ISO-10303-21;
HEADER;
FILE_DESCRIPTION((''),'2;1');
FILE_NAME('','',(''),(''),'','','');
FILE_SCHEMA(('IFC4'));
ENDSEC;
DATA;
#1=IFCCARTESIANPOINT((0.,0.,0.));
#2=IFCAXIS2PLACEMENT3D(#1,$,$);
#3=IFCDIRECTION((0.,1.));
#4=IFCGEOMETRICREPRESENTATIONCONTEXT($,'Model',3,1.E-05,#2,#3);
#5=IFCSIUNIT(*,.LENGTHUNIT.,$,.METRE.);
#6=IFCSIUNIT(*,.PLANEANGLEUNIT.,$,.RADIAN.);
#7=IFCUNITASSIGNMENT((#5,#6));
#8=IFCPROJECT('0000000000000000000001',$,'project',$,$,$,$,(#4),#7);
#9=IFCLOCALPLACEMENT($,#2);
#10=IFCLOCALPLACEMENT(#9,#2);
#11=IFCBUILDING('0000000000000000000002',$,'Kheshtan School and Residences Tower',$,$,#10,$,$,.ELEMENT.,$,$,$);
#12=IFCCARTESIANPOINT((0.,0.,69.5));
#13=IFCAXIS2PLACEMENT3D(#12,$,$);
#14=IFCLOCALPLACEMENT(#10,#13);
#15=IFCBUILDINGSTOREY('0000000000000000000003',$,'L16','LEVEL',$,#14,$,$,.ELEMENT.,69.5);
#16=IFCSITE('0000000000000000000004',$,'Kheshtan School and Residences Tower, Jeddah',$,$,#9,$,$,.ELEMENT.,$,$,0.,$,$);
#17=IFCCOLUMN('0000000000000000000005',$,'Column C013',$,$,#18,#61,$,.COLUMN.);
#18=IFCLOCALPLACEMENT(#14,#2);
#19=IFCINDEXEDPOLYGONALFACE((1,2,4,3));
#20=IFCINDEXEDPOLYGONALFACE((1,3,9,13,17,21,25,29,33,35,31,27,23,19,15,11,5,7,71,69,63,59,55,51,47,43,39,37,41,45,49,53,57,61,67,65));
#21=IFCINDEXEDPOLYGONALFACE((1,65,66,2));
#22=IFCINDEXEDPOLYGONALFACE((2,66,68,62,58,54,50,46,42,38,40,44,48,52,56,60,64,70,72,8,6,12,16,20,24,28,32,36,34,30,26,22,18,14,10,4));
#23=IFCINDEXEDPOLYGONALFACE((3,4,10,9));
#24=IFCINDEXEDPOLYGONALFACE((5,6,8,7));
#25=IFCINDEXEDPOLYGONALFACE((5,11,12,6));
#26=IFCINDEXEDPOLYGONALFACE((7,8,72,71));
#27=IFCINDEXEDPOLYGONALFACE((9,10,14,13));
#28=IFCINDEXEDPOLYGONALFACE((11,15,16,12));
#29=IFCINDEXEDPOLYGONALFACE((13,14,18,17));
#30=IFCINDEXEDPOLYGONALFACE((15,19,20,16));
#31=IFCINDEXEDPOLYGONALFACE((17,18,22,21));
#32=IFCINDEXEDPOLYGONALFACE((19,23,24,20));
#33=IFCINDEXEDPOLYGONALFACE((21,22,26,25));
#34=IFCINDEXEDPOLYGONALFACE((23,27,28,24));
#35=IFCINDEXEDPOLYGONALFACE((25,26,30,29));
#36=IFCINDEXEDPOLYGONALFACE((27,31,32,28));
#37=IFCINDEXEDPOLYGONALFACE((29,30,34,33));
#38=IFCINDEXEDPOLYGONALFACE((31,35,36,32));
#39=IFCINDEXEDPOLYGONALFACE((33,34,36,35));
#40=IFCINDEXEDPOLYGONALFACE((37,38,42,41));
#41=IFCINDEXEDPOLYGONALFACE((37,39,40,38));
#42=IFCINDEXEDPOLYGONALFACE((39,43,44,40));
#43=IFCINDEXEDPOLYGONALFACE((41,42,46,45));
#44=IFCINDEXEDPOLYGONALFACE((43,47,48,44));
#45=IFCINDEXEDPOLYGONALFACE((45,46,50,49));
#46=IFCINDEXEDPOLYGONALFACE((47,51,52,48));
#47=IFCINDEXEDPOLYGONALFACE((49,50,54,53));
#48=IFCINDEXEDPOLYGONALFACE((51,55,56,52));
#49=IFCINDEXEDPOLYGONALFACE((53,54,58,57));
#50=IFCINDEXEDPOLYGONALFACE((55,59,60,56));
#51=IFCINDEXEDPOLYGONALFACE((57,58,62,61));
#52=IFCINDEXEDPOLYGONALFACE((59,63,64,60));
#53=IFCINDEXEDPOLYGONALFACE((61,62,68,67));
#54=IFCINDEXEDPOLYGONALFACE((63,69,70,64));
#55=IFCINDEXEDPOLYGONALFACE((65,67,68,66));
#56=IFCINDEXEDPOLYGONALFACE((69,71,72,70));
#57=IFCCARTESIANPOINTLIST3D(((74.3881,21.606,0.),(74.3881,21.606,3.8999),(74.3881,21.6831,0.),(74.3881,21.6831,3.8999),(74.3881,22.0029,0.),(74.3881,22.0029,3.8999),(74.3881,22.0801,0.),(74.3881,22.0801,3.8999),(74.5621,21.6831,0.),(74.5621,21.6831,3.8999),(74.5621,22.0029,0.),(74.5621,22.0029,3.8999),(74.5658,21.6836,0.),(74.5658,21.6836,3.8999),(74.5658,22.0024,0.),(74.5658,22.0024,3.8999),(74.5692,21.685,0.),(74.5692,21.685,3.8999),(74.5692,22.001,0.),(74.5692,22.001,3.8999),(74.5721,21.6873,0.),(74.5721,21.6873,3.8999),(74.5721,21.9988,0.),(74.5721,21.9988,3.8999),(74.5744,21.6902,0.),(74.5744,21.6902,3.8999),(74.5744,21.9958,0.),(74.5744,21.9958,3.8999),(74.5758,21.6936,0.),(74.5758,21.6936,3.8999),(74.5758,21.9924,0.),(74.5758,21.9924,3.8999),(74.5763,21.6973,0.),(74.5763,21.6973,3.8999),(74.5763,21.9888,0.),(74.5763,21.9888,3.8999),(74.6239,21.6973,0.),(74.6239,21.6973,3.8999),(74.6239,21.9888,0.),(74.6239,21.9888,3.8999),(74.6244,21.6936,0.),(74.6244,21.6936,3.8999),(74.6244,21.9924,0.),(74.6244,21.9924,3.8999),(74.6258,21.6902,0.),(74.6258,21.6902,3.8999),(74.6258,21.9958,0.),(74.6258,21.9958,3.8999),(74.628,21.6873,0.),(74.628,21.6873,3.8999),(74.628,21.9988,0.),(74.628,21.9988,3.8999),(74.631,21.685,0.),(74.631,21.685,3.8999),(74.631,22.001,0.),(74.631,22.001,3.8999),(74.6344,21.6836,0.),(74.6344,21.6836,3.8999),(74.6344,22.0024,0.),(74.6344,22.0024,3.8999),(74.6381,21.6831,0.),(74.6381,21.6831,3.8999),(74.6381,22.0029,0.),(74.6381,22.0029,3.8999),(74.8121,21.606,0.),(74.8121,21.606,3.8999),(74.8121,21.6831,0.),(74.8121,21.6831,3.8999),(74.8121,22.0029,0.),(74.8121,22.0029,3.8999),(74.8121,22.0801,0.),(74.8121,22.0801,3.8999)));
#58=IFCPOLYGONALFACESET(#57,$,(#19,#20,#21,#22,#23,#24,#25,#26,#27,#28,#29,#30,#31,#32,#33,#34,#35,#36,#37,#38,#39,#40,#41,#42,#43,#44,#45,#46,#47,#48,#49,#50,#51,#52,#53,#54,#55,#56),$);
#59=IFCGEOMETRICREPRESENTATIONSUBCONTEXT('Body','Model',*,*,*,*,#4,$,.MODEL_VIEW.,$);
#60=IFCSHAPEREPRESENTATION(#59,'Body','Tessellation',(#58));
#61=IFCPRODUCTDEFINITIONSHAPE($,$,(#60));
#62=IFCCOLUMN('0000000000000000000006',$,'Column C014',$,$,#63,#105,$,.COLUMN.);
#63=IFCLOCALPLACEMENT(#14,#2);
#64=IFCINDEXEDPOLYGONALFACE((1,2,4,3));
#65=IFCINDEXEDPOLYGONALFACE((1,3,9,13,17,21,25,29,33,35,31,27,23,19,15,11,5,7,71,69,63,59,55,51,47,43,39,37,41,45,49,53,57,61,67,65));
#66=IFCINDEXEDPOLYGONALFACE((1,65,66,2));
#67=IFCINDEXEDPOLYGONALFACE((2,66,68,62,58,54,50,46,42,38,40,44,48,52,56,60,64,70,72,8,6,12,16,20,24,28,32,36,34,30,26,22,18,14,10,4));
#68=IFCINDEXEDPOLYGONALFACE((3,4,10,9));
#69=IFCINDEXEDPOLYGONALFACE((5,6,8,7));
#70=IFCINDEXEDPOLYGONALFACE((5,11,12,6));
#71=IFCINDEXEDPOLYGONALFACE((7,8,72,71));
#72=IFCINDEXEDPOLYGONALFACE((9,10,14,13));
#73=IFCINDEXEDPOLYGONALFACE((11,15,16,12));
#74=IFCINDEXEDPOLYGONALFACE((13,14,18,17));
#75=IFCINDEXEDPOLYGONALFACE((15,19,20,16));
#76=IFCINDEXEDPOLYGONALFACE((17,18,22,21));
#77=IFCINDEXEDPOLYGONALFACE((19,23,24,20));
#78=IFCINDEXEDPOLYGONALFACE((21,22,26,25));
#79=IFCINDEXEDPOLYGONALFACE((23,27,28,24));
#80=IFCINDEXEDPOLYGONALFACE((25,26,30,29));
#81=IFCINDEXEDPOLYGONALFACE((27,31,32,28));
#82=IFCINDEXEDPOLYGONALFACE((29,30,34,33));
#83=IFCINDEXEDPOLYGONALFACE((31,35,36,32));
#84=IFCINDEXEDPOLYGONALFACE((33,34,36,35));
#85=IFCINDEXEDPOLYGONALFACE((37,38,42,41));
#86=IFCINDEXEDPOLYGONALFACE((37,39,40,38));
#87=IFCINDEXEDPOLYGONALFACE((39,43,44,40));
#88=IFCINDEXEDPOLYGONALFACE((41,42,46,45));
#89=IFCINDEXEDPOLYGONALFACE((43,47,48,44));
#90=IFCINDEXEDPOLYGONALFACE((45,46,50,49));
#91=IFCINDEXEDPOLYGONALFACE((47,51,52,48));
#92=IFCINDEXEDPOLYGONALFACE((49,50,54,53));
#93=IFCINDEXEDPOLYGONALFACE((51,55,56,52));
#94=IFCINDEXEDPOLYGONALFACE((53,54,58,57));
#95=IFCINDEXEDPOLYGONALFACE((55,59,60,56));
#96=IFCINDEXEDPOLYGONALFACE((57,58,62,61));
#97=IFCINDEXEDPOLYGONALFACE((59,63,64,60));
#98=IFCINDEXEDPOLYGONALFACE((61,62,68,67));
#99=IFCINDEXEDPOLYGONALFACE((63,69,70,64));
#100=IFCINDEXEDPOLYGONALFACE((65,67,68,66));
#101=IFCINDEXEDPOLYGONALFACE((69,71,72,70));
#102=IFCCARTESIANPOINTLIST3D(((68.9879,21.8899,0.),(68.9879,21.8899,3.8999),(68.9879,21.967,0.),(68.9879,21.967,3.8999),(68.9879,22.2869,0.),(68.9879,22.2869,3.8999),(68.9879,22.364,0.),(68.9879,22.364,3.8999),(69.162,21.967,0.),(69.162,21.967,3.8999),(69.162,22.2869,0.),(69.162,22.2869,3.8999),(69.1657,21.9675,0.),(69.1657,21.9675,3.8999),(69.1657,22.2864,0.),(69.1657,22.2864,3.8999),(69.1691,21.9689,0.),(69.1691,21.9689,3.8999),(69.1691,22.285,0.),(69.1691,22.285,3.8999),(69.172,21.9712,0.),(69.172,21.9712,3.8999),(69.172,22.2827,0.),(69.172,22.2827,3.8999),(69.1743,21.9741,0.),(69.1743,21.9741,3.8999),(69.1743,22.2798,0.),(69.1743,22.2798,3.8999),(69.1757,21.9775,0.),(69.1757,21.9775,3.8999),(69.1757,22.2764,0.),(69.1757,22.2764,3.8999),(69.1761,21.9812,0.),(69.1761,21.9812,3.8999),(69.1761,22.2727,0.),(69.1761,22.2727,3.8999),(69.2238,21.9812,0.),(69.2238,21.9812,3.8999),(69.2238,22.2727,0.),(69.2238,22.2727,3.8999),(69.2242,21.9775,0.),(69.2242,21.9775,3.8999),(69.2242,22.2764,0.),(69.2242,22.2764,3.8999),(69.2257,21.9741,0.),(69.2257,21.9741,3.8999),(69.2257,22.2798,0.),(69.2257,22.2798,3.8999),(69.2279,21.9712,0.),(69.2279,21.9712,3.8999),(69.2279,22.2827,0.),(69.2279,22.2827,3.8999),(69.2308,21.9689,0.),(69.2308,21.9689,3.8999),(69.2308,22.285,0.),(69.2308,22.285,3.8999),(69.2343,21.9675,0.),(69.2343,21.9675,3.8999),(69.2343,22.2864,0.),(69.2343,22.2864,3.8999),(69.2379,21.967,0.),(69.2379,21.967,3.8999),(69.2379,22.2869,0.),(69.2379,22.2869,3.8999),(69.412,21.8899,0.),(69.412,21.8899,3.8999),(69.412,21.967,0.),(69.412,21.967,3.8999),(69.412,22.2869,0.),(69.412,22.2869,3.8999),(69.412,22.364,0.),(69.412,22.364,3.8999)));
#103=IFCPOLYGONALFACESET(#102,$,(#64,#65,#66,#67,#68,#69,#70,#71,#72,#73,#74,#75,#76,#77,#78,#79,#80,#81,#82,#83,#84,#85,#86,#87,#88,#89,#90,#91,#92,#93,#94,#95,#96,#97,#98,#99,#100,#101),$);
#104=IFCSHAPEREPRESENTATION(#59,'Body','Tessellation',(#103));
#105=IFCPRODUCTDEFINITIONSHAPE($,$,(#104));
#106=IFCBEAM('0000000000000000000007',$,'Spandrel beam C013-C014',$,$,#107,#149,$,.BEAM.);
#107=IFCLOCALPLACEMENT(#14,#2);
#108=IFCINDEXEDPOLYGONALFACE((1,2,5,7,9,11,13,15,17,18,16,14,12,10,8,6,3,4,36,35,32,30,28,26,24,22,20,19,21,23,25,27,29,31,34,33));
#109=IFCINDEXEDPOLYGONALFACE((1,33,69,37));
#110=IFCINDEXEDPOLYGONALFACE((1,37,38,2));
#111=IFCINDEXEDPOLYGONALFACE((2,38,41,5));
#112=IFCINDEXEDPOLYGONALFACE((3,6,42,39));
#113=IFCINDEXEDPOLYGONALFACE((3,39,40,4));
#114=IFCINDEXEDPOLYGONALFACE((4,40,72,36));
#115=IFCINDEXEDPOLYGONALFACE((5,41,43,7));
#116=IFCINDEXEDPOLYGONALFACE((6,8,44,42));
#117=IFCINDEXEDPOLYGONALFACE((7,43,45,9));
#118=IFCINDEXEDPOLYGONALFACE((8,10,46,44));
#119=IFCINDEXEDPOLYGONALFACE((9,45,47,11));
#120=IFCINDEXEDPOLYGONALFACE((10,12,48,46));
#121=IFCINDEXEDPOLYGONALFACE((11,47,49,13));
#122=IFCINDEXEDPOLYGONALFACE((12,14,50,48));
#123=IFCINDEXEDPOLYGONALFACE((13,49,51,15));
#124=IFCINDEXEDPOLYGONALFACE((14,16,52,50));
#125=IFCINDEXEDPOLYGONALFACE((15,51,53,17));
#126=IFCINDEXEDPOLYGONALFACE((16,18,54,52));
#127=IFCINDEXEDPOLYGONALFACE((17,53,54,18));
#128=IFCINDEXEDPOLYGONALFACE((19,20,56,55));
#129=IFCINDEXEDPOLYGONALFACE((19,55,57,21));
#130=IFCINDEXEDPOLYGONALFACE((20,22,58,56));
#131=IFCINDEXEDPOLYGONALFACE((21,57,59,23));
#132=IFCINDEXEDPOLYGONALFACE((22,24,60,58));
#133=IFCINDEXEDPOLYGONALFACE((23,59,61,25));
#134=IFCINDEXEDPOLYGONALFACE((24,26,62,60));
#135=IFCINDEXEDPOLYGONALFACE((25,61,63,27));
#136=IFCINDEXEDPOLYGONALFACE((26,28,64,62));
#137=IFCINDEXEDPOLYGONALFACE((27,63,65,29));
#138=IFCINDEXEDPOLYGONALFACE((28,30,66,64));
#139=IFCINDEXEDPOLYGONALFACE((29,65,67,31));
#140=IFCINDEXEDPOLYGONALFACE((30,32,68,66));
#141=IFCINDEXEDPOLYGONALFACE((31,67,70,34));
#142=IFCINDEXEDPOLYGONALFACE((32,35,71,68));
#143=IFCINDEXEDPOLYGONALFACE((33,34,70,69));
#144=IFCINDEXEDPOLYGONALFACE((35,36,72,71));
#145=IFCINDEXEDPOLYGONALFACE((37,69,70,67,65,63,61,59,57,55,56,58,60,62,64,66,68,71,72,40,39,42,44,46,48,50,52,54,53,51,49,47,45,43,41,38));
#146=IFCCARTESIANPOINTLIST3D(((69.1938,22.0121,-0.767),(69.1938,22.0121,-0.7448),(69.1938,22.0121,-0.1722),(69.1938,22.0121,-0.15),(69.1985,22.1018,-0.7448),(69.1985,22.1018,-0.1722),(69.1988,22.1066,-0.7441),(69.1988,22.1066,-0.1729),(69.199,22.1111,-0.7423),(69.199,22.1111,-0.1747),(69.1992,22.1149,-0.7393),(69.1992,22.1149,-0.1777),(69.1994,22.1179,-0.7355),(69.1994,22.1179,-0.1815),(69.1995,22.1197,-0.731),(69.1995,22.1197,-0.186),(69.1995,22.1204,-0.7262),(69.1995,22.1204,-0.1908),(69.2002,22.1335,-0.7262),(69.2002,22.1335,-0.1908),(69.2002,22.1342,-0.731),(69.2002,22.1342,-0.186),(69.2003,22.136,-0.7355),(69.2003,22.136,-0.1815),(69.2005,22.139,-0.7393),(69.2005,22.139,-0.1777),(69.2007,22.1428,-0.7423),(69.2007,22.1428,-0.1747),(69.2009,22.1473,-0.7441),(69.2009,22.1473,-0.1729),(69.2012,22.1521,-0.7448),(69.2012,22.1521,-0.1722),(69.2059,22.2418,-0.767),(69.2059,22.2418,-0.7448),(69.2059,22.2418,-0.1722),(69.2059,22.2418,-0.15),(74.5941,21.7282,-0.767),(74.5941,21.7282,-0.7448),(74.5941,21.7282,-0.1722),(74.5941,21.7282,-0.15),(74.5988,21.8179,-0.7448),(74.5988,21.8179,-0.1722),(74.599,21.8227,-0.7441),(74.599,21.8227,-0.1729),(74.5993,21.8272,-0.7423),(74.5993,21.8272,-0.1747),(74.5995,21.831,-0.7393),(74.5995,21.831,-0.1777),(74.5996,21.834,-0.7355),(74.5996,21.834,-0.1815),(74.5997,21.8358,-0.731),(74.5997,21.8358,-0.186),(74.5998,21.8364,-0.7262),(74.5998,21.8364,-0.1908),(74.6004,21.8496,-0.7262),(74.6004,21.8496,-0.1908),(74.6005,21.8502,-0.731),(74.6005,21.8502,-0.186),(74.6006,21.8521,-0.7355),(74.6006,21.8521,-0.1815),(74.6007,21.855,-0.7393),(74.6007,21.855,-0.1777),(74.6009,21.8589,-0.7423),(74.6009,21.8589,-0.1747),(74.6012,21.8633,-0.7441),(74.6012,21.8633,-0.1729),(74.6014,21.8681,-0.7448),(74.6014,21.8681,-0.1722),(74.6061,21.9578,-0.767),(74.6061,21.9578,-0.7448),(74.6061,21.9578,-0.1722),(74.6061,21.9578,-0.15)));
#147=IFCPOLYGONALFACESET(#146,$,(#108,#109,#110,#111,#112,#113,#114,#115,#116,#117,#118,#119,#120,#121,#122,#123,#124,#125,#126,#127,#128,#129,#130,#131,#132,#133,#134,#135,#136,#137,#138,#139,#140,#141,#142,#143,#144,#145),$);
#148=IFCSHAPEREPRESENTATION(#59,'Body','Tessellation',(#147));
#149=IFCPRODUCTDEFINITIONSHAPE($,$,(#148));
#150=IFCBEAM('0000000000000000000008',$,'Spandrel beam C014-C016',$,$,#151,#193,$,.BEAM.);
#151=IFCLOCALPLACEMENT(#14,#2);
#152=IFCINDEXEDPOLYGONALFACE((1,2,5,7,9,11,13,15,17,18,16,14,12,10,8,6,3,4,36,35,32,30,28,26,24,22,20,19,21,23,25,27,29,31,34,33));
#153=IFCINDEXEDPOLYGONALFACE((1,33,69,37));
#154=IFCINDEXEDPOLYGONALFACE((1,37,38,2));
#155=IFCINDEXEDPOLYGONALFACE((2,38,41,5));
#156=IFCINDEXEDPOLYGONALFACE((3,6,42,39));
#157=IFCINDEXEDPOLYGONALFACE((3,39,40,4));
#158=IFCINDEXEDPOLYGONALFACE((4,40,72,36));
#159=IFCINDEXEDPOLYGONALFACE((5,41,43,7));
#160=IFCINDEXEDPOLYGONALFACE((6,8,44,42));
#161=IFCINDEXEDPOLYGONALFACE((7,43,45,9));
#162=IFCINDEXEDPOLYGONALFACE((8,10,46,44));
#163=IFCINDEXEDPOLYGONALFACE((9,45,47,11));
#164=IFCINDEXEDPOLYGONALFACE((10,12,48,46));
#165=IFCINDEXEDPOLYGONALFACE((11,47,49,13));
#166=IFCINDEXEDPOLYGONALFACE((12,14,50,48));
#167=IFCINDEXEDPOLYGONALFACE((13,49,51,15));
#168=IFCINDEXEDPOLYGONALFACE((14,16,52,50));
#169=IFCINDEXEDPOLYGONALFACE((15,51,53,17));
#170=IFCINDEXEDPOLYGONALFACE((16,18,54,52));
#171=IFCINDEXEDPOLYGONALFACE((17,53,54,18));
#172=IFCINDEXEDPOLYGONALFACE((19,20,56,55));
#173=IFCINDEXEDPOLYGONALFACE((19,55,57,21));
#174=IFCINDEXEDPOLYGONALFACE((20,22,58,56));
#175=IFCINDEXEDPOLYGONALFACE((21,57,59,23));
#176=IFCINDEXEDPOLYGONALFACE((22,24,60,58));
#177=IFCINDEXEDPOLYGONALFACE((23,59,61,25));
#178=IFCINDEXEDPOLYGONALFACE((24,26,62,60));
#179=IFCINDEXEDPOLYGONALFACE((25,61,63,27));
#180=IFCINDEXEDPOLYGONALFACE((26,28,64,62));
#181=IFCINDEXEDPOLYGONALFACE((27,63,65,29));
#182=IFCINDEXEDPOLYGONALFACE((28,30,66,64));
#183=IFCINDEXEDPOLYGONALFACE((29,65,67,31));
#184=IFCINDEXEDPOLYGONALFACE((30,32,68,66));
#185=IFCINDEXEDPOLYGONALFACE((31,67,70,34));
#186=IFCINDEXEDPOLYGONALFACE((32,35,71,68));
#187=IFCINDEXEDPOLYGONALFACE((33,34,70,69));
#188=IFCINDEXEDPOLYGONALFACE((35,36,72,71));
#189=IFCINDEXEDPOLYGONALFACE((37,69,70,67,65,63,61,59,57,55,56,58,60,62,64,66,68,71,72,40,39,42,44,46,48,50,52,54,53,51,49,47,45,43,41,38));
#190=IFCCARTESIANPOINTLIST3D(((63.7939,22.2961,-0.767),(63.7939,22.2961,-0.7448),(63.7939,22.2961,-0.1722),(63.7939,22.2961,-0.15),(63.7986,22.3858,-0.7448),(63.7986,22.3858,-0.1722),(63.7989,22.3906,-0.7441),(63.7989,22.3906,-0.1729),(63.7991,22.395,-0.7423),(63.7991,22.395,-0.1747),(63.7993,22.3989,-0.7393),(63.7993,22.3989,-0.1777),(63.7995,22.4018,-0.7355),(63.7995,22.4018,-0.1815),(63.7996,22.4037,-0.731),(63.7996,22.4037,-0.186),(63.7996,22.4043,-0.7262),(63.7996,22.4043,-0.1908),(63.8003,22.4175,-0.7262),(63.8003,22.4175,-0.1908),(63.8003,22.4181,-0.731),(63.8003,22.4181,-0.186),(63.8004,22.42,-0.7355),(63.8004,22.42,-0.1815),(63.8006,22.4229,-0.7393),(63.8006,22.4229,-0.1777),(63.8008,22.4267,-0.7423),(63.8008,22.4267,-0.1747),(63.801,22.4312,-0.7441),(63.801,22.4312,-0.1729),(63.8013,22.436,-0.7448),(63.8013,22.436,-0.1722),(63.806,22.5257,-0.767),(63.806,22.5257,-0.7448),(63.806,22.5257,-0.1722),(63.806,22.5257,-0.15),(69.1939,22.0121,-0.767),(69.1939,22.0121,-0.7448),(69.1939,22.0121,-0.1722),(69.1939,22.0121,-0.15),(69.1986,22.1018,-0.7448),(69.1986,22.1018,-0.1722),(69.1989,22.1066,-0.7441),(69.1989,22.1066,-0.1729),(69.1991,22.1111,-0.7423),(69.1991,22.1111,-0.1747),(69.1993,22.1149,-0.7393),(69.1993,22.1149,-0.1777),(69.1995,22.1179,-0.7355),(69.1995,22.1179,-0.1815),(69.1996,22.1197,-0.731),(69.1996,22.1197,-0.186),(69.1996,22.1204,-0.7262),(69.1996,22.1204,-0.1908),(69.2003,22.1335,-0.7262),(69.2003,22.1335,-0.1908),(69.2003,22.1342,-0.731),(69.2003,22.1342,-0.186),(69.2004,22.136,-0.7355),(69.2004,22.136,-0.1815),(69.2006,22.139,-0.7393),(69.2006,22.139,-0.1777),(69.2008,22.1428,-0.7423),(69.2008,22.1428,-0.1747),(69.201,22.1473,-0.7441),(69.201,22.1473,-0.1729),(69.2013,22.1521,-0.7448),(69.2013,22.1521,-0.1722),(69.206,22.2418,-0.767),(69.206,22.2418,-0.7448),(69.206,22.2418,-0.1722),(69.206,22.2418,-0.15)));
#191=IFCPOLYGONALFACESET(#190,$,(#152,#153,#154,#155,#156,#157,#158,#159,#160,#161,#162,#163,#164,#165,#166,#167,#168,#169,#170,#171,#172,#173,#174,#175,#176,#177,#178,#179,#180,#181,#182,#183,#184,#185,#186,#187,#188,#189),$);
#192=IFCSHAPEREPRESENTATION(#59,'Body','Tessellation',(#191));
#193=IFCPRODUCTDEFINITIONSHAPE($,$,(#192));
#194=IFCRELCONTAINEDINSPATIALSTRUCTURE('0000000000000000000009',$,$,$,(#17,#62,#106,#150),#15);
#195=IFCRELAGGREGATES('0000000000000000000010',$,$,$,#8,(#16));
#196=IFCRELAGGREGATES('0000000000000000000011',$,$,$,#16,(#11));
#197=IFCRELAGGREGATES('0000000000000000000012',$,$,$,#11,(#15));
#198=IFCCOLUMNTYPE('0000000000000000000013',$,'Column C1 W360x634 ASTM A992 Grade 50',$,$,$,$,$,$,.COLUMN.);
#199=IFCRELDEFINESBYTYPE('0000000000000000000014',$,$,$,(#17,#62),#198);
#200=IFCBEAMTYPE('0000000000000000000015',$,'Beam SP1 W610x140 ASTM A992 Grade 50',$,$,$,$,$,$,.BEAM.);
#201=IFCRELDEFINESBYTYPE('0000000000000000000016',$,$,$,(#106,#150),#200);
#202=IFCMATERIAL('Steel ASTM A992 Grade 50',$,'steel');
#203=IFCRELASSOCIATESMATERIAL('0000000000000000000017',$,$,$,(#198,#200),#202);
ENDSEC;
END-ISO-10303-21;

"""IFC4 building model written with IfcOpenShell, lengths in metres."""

from ifc_helpers import new_model, si_unit, direction, frame, origin, origin_2d, place, context, subcontext, project, spatial, i_section, extrude, material, material_profile, profile_set, type_object, element, save


model = new_model("IFC4")

# Units and contexts
model_context = context("Model", 3, precision=1e-05, world=origin(), true_north=direction((0.0, 1.0)))
body_context = subcontext(model_context, "Body", "Model", "MODEL_VIEW")
ifc_project = project(units=[si_unit("LENGTHUNIT", "METRE"), si_unit("PLANEANGLEUNIT", "RADIAN")], contexts=[model_context])

# Site, building, storey
site_placement = place(None, origin())
site = spatial("IfcSite", under=ifc_project, at=site_placement, Name="Kheshtan School and Residences Tower, Jeddah", CompositionType="ELEMENT", RefElevation=0.0)
building_placement = place(site_placement, origin())
building = spatial("IfcBuilding", under=site, at=building_placement, Name="Kheshtan School and Residences Tower", CompositionType="ELEMENT")
storey_placement = place(building_placement, frame((0.0, 0.0, 69.5)))
storey = spatial("IfcBuildingStorey", under=building, at=storey_placement, Name="L16", Description="LEVEL", CompositionType="ELEMENT", Elevation=69.5)

# Columns
ifc_material_1 = material(Name="Steel ASTM A992 Grade 50", Category="steel")
ifc_material_profile_1 = material_profile(ifc_material_1, i_section(OverallWidth=0.4241, OverallDepth=0.4741, WebThickness=0.0476, FlangeThickness=0.0771, FilletRadius=0.0142, at=origin_2d()), Name="W360x634")
ifc_profile_set_1 = profile_set([ifc_material_profile_1], Name="Steel ASTM A992 Grade 50")
column_type = type_object("IfcColumnType", Name="Column C1 W360x634 ASTM A992 Grade 50", PredefinedType="COLUMN", material=ifc_profile_set_1)
for number, where, z_axis, x_axis, name in (
    (1, (74.6001, 21.843, 0.0), (0.0, 0.0, 1.0), (1.0, 0.0, 0.0), "Column C013"),
    (2, (69.2, 22.127, 0.0), (0.0, 0.0, 1.0), (1.0, 0.0, 0.0), "Column C014"),
):
    element("IfcColumn", number, at=place(storey_placement, frame(where, z_axis=z_axis, x_axis=x_axis)), inside=storey, type_object=column_type, Name=name, PredefinedType="COLUMN", context=body_context, shape_type="SweptSolid", body=[
        extrude(i_section(OverallWidth=0.4241, OverallDepth=0.4741, WebThickness=0.0476, FlangeThickness=0.0771, FilletRadius=0.0142, at=origin_2d()), origin(), (0.0, 0.0, 1.0), 3.8999),
    ])

# Beams
ifc_material_profile_2 = material_profile(ifc_material_1, i_section(OverallWidth=0.23, OverallDepth=0.6169, WebThickness=0.0132, FlangeThickness=0.0222, FilletRadius=0.0186, at=origin_2d()), Name="W610x140")
ifc_profile_set_2 = profile_set([ifc_material_profile_2], Name="Steel ASTM A992 Grade 50")
beam_type = type_object("IfcBeamType", Name="Beam SP1 W610x140 ASTM A992 Grade 50", PredefinedType="BEAM", material=ifc_profile_set_2)
beam_1_placement = place(storey_placement, frame((74.6001, 21.843, -0.4585), z_axis=(-0.998621, 0.052507, 0.0), x_axis=(-0.052507, -0.998621, 0.0)))
element("IfcBeam", 3, at=beam_1_placement, inside=storey, type_object=beam_type, Name="Spandrel beam C013-C014", PredefinedType="BEAM", context=body_context, shape_type="SweptSolid", body=[
    extrude(i_section(OverallWidth=0.23, OverallDepth=0.6169, WebThickness=0.0132, FlangeThickness=0.0222, FilletRadius=0.0186, at=origin_2d()), origin(), (0.0, 0.0, 1.0), 5.4077),
])
beam_2_placement = place(storey_placement, frame((69.2, 22.127, -0.4585), z_axis=(-0.99862, 0.052509, 0.0), x_axis=(-0.052509, -0.99862, 0.0)))
element("IfcBeam", 4, at=beam_2_placement, inside=storey, type_object=beam_type, Name="Spandrel beam C014-C016", PredefinedType="BEAM", context=body_context, shape_type="SweptSolid", body=[
    extrude(i_section(OverallWidth=0.23, OverallDepth=0.6169, WebThickness=0.0132, FlangeThickness=0.0222, FilletRadius=0.0186, at=origin_2d()), origin(), (0.0, 0.0, 1.0), 5.4075),
])

save(model, "model.ifc")
